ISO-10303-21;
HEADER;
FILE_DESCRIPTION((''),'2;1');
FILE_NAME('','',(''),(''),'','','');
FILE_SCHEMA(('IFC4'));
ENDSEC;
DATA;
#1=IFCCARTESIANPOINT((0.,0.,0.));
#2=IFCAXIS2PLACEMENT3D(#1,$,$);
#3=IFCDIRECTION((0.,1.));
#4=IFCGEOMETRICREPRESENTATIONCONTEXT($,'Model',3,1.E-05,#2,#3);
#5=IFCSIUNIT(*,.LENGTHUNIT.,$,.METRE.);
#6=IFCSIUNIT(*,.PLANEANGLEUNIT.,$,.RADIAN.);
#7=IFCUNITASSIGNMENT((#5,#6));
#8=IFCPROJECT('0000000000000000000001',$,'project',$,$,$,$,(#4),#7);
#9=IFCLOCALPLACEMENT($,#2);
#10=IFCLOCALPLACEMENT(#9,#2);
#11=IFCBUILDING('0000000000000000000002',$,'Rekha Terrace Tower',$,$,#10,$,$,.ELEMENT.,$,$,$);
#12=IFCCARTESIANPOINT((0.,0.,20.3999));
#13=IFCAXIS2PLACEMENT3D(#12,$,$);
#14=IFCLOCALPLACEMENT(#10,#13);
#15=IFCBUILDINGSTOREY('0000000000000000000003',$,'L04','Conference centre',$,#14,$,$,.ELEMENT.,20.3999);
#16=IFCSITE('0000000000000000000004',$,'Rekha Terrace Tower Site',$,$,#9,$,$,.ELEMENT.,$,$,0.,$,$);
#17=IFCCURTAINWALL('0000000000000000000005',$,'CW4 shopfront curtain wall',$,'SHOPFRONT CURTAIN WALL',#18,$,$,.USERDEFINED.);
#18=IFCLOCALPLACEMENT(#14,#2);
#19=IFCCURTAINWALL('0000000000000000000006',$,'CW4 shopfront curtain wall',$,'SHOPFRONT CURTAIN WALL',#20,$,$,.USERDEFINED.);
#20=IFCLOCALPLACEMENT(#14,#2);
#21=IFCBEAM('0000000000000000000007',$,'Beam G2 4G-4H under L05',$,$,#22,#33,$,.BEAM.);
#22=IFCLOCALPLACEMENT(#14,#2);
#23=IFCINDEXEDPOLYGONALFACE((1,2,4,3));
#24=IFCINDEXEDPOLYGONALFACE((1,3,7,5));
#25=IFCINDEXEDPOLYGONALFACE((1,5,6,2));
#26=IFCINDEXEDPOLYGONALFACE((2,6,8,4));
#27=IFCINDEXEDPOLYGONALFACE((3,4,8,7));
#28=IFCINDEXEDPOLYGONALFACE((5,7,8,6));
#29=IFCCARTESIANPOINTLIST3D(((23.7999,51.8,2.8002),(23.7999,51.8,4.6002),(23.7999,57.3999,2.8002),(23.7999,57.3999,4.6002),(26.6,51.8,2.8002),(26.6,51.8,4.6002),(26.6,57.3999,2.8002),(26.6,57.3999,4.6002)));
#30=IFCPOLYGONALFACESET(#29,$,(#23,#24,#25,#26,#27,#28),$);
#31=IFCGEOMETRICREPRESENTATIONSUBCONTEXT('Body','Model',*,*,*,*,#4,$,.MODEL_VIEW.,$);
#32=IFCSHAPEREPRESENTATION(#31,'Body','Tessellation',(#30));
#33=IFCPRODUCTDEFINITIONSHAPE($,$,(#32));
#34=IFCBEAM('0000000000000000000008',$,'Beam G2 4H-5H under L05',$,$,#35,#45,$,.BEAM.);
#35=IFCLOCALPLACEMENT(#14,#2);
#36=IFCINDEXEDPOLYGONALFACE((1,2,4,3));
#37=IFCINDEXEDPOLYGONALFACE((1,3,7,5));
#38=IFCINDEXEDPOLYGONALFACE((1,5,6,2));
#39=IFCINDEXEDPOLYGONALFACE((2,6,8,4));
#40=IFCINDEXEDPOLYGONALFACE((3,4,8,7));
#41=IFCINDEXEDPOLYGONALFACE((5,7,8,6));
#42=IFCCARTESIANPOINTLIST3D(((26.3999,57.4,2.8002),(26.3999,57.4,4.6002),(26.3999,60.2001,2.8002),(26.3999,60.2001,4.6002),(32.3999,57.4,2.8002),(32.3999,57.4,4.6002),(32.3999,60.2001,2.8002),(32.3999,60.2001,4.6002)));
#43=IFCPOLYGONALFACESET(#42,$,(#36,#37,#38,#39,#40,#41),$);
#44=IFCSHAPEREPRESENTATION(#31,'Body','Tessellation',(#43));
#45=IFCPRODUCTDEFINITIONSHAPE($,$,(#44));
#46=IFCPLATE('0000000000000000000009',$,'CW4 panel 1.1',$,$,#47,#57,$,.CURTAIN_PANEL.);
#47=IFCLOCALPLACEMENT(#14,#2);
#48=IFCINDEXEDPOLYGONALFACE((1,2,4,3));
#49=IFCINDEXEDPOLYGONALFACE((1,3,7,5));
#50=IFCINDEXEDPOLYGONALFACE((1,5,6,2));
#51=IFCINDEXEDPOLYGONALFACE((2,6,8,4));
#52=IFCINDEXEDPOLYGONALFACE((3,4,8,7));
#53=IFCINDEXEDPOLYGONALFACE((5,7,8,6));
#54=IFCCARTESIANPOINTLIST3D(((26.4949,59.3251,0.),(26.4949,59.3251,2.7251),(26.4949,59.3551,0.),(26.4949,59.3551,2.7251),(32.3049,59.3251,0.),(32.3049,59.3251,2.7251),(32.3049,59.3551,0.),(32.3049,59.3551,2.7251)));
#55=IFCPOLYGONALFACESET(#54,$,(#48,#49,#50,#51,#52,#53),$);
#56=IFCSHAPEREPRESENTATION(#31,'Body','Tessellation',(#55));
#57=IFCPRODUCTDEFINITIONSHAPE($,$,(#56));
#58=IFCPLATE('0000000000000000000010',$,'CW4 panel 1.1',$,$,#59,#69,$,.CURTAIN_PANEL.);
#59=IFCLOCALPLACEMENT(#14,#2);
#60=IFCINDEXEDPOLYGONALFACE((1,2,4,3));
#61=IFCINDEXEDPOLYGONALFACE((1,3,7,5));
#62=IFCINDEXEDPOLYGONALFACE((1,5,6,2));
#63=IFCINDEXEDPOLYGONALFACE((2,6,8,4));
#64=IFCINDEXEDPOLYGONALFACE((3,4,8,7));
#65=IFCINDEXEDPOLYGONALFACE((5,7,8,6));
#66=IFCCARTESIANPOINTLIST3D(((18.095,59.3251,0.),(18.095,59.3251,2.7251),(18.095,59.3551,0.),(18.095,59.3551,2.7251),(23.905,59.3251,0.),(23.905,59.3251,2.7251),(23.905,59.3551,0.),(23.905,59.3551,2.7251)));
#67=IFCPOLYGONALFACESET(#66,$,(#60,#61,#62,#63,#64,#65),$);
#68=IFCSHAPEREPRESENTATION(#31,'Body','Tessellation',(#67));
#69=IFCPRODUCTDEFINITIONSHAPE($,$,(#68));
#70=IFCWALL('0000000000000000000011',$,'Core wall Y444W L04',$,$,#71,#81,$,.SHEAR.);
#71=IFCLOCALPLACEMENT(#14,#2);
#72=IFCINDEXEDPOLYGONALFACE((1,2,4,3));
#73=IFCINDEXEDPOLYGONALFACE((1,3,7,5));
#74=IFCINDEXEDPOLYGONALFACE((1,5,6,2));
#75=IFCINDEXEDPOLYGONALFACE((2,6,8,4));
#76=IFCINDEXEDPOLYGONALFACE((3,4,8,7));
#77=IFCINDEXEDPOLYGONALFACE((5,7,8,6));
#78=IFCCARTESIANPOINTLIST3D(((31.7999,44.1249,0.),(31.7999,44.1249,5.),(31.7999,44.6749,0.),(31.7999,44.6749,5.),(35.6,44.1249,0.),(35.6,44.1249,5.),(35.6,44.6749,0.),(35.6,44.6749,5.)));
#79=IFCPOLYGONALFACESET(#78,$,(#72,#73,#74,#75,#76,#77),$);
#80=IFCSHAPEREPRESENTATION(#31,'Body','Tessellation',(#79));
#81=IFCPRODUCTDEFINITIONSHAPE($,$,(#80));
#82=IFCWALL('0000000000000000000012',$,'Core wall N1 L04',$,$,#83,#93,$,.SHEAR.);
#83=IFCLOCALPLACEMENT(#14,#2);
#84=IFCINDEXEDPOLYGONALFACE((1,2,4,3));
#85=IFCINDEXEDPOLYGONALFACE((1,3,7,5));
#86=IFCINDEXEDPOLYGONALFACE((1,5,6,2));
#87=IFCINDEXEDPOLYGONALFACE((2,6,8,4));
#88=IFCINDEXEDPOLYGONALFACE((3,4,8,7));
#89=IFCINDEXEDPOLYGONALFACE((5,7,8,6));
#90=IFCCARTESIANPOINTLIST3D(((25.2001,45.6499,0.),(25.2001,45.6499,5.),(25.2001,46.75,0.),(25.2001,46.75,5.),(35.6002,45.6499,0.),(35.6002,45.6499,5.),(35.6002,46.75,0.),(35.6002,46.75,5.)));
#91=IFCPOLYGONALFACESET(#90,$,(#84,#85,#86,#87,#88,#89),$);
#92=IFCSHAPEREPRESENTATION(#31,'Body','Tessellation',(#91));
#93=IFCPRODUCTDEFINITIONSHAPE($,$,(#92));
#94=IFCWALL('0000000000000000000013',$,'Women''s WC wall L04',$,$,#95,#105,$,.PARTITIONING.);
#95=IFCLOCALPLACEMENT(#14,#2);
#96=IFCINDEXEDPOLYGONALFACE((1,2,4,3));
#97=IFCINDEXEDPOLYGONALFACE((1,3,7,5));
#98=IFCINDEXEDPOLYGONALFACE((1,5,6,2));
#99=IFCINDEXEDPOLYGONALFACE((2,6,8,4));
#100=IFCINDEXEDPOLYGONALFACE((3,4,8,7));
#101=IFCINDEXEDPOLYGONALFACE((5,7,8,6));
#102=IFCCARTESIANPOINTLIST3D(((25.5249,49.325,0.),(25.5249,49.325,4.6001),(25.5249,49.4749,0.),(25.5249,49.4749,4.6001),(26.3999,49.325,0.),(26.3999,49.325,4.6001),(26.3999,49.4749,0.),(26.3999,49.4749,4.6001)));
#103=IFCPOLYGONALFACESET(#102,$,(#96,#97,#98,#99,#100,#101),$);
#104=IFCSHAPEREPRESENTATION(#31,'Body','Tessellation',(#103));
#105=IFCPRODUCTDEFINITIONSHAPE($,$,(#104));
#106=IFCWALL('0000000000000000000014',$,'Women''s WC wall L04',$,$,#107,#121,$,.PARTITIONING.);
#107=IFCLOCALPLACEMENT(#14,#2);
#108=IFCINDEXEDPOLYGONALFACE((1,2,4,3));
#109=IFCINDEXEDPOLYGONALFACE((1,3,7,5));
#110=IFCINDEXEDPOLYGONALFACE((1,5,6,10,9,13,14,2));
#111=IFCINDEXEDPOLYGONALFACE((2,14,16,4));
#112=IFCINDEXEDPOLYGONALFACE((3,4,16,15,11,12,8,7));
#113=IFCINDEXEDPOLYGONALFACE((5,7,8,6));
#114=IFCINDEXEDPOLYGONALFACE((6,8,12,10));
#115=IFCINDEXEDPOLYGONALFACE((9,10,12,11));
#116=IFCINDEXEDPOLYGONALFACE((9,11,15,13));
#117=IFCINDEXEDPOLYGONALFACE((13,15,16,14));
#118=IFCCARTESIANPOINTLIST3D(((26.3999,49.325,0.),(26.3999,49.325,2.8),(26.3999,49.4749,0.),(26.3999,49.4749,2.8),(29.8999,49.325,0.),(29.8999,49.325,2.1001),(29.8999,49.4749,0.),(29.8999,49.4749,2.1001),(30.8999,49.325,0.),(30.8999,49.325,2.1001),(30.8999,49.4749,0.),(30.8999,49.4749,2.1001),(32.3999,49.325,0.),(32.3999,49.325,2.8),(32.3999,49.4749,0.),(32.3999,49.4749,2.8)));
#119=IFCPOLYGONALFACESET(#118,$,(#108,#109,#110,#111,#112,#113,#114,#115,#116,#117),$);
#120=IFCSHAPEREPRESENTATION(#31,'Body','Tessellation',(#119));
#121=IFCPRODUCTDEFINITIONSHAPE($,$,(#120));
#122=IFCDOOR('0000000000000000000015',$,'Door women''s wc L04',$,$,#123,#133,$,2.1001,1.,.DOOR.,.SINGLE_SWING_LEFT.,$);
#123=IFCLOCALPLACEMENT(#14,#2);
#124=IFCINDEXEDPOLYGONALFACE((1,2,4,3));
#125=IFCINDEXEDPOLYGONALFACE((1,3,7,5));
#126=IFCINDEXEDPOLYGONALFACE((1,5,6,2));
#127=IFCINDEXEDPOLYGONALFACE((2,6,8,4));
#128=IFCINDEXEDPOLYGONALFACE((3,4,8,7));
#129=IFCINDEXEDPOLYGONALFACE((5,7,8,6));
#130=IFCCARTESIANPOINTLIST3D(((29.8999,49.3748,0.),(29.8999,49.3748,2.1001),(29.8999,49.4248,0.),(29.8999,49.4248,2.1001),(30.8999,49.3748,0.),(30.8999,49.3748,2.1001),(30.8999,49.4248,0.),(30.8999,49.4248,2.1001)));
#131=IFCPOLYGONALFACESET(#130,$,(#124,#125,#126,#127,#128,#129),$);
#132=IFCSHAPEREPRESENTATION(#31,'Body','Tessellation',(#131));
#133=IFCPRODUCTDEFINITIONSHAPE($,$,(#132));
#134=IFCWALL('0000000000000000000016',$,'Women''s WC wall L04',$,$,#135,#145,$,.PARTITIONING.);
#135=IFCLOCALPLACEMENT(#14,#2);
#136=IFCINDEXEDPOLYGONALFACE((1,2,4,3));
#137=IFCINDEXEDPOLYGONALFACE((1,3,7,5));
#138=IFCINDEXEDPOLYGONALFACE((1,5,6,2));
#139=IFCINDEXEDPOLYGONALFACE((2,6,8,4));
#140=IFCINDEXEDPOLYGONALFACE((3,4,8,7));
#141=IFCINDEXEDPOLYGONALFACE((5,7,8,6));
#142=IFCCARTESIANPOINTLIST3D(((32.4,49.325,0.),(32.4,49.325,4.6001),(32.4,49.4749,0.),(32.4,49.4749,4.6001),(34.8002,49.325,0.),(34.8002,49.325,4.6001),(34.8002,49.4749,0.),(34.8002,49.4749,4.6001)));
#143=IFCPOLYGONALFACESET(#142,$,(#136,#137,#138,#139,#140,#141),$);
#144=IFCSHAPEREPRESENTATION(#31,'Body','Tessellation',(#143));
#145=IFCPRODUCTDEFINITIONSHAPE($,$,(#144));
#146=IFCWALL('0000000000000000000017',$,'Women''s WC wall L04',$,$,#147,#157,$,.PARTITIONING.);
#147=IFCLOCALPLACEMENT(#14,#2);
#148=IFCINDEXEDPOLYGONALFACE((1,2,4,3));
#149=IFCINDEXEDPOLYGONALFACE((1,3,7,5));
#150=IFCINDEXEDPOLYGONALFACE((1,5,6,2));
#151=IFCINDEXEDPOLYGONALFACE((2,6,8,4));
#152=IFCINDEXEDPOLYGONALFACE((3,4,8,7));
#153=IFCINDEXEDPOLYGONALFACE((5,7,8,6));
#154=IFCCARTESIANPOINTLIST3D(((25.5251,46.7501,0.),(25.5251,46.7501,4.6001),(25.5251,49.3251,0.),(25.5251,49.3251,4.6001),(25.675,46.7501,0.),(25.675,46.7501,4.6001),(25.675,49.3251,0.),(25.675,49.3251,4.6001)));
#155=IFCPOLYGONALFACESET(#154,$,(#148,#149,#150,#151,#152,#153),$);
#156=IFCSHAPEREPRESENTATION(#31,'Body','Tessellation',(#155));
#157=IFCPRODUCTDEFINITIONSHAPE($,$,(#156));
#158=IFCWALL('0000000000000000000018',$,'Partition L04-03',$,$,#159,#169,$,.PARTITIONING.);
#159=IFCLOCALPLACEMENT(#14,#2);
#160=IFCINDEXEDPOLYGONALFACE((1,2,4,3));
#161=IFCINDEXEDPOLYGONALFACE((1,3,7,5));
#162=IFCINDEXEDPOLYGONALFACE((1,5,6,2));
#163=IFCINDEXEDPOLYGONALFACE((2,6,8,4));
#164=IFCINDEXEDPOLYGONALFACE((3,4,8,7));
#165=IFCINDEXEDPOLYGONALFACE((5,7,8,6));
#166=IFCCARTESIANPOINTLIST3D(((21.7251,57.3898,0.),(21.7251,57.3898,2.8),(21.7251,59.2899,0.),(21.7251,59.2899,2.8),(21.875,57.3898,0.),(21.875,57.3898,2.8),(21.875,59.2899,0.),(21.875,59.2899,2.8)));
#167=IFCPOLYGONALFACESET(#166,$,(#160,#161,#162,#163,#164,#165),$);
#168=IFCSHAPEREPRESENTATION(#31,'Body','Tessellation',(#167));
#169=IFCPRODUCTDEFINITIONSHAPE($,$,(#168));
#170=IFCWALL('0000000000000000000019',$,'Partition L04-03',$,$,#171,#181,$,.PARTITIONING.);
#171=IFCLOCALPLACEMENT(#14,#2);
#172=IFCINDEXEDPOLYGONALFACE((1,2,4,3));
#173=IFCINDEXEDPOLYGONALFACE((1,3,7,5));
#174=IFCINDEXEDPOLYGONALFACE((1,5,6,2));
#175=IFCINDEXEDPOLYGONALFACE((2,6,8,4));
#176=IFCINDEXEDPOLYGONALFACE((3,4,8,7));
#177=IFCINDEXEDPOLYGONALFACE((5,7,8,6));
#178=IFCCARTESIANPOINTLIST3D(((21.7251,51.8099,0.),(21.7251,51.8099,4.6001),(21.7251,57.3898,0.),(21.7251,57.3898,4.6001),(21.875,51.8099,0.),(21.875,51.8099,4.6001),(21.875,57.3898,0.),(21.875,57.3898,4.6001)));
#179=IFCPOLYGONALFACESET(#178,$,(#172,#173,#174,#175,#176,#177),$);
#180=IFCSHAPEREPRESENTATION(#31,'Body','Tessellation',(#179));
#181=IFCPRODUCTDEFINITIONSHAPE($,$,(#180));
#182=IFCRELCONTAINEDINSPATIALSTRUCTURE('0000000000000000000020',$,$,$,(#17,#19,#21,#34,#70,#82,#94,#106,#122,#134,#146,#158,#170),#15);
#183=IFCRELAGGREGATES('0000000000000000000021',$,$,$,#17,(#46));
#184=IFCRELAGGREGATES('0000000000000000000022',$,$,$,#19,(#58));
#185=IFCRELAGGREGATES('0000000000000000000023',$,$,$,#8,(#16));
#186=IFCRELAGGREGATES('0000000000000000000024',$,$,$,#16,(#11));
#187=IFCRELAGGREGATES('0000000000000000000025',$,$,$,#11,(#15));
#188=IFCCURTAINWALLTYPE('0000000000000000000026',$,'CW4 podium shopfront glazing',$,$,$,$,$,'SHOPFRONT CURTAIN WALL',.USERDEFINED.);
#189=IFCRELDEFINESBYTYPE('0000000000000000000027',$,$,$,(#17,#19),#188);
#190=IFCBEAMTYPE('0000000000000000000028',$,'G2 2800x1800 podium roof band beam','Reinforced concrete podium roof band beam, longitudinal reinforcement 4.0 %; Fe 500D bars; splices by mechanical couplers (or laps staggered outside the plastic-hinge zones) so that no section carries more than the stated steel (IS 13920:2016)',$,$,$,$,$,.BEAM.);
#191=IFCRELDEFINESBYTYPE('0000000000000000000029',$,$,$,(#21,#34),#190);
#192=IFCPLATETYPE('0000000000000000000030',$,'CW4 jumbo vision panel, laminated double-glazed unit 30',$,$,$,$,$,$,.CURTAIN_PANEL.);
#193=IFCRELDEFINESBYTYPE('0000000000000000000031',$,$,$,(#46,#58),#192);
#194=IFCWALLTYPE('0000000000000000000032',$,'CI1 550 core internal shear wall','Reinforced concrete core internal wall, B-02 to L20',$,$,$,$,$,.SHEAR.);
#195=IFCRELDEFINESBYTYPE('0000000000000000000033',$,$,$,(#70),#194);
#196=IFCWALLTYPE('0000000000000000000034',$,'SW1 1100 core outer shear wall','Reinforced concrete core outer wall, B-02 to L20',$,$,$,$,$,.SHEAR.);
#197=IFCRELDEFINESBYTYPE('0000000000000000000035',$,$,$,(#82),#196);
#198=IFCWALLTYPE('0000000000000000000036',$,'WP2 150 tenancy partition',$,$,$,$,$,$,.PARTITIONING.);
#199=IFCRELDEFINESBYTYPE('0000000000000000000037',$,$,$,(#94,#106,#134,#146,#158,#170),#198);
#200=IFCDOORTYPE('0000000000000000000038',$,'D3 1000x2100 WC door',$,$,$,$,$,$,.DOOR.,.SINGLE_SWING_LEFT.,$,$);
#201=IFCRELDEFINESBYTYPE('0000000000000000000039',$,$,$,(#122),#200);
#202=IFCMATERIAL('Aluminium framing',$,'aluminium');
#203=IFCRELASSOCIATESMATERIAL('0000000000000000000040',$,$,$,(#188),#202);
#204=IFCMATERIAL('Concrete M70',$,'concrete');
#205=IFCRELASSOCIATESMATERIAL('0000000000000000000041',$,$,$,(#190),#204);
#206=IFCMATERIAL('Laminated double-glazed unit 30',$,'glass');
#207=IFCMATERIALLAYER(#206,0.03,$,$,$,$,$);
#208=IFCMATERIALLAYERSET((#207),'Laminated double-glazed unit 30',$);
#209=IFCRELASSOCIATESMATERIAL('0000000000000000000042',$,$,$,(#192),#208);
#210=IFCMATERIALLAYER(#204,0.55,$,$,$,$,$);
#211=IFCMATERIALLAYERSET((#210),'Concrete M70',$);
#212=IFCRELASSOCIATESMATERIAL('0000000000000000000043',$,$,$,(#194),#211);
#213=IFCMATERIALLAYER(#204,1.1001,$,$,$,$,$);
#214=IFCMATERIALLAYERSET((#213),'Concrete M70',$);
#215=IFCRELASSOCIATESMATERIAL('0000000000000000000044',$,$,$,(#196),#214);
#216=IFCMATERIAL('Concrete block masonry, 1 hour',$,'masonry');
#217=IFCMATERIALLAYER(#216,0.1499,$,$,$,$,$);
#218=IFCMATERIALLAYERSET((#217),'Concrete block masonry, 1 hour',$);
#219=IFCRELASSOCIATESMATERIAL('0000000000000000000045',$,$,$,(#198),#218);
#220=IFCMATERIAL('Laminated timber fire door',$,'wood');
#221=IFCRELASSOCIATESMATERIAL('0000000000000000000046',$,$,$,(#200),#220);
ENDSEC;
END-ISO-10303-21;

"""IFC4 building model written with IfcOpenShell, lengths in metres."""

from ifc_helpers import new_model, si_unit, direction, frame, frame_2d, origin, origin_2d, place, context, subcontext, project, spatial, rectangle, extrude, material, layer, layer_set, material_profile, profile_set, type_object, element, fill, aggregate, save


model = new_model("IFC4")

# Units and contexts
model_context = context("Model", 3, precision=1e-05, world=origin(), true_north=direction((0.0, 1.0)))
body_context = subcontext(model_context, "Body", "Model", "MODEL_VIEW")
ifc_project = project(units=[si_unit("LENGTHUNIT", "METRE"), si_unit("PLANEANGLEUNIT", "RADIAN")], contexts=[model_context])

# Site, building, storey
site_placement = place(None, origin())
site = spatial("IfcSite", under=ifc_project, at=site_placement, Name="Rekha Terrace Tower Site", CompositionType="ELEMENT", RefElevation=0.0)
building_placement = place(site_placement, origin())
building = spatial("IfcBuilding", under=site, at=building_placement, Name="Rekha Terrace Tower", CompositionType="ELEMENT")
storey_placement = place(building_placement, frame((0.0, 0.0, 20.3999)))
storey = spatial("IfcBuildingStorey", under=building, at=storey_placement, Name="L04", Description="Conference centre", CompositionType="ELEMENT", Elevation=20.3999)

# Shared definitions
ifc_material_1 = material(Name="Concrete M70", Category="concrete")

# Curtain walls
ifc_material_2 = material(Name="Aluminium framing", Category="aluminium")
curtain_wall_type = type_object("IfcCurtainWallType", Name="CW4 podium shopfront glazing", ElementType="SHOPFRONT CURTAIN WALL", PredefinedType="USERDEFINED", material=ifc_material_2)
curtain_wall_1_placement = place(storey_placement, origin())
curtain_wall_1 = element("IfcCurtainWall", 1, at=curtain_wall_1_placement, inside=storey, type_object=curtain_wall_type, Name="CW4 shopfront curtain wall", ObjectType="SHOPFRONT CURTAIN WALL", PredefinedType="USERDEFINED")
curtain_wall_2_placement = place(storey_placement, origin())
curtain_wall_2 = element("IfcCurtainWall", 2, at=curtain_wall_2_placement, inside=storey, type_object=curtain_wall_type, Name="CW4 shopfront curtain wall", ObjectType="SHOPFRONT CURTAIN WALL", PredefinedType="USERDEFINED")

# Beams
ifc_material_profile_1 = material_profile(ifc_material_1, rectangle(XDim=2.8, YDim=1.8, at=origin_2d()), Name="RC 2800x1800")
ifc_profile_set_1 = profile_set([ifc_material_profile_1], Name="Concrete M70")
beam_type = type_object("IfcBeamType", Name="G2 2800x1800 podium roof band beam", Description="Reinforced concrete podium roof band beam, longitudinal reinforcement 4.0 %; Fe 500D bars; splices by mechanical couplers (or laps staggered outside the plastic-hinge zones) so that no section carries more than the stated steel (IS 13920:2016)", PredefinedType="BEAM", material=ifc_profile_set_1)
beam_1_placement = place(storey_placement, frame((25.2, 51.8, 3.7002), z_axis=(0.0, 1.0, 0.0), x_axis=(-1.0, 0.0, 0.0)))
element("IfcBeam", 3, at=beam_1_placement, inside=storey, type_object=beam_type, Name="Beam G2 4G-4H under L05", PredefinedType="BEAM", context=body_context, shape_type="SweptSolid", body=[
    extrude(rectangle(XDim=2.8, YDim=1.8, at=origin_2d()), origin(), (0.0, 0.0, 1.0), 5.5999),
])
beam_2_placement = place(storey_placement, frame((26.3999, 58.8, 3.7002), z_axis=(1.0, 0.0, 0.0), x_axis=(0.0, 1.0, 0.0)))
element("IfcBeam", 4, at=beam_2_placement, inside=storey, type_object=beam_type, Name="Beam G2 4H-5H under L05", PredefinedType="BEAM", context=body_context, shape_type="SweptSolid", body=[
    extrude(rectangle(XDim=2.8, YDim=1.8, at=origin_2d()), origin(), (0.0, 0.0, 1.0), 6.0),
])

# Plates
ifc_material_3 = material(Name="Laminated double-glazed unit 30", Category="glass")
ifc_layer_1 = layer(ifc_material_3, 0.03)
ifc_layer_set_1 = layer_set([ifc_layer_1], Name="Laminated double-glazed unit 30")
plate_type = type_object("IfcPlateType", Name="CW4 jumbo vision panel, laminated double-glazed unit 30", PredefinedType="CURTAIN_PANEL", material=ifc_layer_set_1)
plate_1_placement = place(storey_placement, frame((29.3999, 59.3401, 0.0), z_axis=(0.0, 0.0, 1.0), x_axis=(-1.0, 0.0, 0.0)))
plate_1 = element("IfcPlate", 5, at=plate_1_placement, type_object=plate_type, Name="CW4 panel 1.1", PredefinedType="CURTAIN_PANEL", context=body_context, shape_type="SweptSolid", body=[
    extrude(rectangle(XDim=5.8101, YDim=0.03, at=origin_2d()), origin(), (0.0, 0.0, 1.0), 2.7251),
])
aggregate(curtain_wall_1, [plate_1])
plate_2_placement = place(storey_placement, frame((21.0, 59.3401, 0.0), z_axis=(0.0, 0.0, 1.0), x_axis=(-1.0, 0.0, 0.0)))
plate_2 = element("IfcPlate", 6, at=plate_2_placement, type_object=plate_type, Name="CW4 panel 1.1", PredefinedType="CURTAIN_PANEL", context=body_context, shape_type="SweptSolid", body=[
    extrude(rectangle(XDim=5.8101, YDim=0.03, at=origin_2d()), origin(), (0.0, 0.0, 1.0), 2.7251),
])
aggregate(curtain_wall_2, [plate_2])

# Walls
ifc_layer_2 = layer(ifc_material_1, 0.55)
ifc_layer_set_2 = layer_set([ifc_layer_2], Name="Concrete M70")
wall_type_1 = type_object("IfcWallType", Name="CI1 550 core internal shear wall", Description="Reinforced concrete core internal wall, B-02 to L20", PredefinedType="SHEAR", material=ifc_layer_set_2)
wall_1_placement = place(storey_placement, frame((31.8, 44.3999, 0.0), z_axis=(0.0, 0.0, 1.0), x_axis=(1.0, 0.0, 0.0)))
element("IfcWall", 7, at=wall_1_placement, inside=storey, type_object=wall_type_1, Name="Core wall Y444W L04", PredefinedType="SHEAR", context=body_context, shape_type="SweptSolid", body=[
    extrude(rectangle(XDim=3.8, YDim=0.55, at=frame_2d((1.8999, 0.0))), origin(), (0.0, 0.0, 1.0), 5.0),
])
ifc_layer_3 = layer(ifc_material_1, 1.1001)
ifc_layer_set_3 = layer_set([ifc_layer_3], Name="Concrete M70")
wall_type_2 = type_object("IfcWallType", Name="SW1 1100 core outer shear wall", Description="Reinforced concrete core outer wall, B-02 to L20", PredefinedType="SHEAR", material=ifc_layer_set_3)
wall_2_placement = place(storey_placement, frame((25.2, 46.2, 0.0), z_axis=(0.0, 0.0, 1.0), x_axis=(1.0, 0.0, 0.0)))
element("IfcWall", 8, at=wall_2_placement, inside=storey, type_object=wall_type_2, Name="Core wall N1 L04", PredefinedType="SHEAR", context=body_context, shape_type="SweptSolid", body=[
    extrude(rectangle(XDim=10.4001, YDim=1.1001, at=frame_2d((5.2002, 0.0))), origin(), (0.0, 0.0, 1.0), 5.0),
])
ifc_material_4 = material(Name="Concrete block masonry, 1 hour", Category="masonry")
ifc_layer_4 = layer(ifc_material_4, 0.1499)
ifc_layer_set_4 = layer_set([ifc_layer_4], Name="Concrete block masonry, 1 hour")
wall_type_3 = type_object("IfcWallType", Name="WP2 150 tenancy partition", PredefinedType="PARTITIONING", material=ifc_layer_set_4)
wall_3_placement = place(storey_placement, frame((25.5249, 49.3999, 0.0), z_axis=(0.0, 0.0, 1.0), x_axis=(1.0, 0.0, 0.0)))
element("IfcWall", 9, at=wall_3_placement, inside=storey, type_object=wall_type_3, Name="Women's WC wall L04", PredefinedType="PARTITIONING", context=body_context, shape_type="SweptSolid", body=[
    extrude(rectangle(XDim=0.875, YDim=0.1499, at=frame_2d((0.4375, 0.0))), origin(), (0.0, 0.0, 1.0), 4.6001),
])

# Wall, opening, door
wall_4_placement = place(storey_placement, frame((26.3999, 49.3999, 0.0), z_axis=(0.0, 0.0, 1.0), x_axis=(1.0, 0.0, 0.0)))
wall_4 = element("IfcWall", 10, at=wall_4_placement, inside=storey, type_object=wall_type_3, Name="Women's WC wall L04", PredefinedType="PARTITIONING", context=body_context, shape_type="SweptSolid", body=[
    extrude(rectangle(XDim=6.0, YDim=0.1499, at=frame_2d((3.0, 0.0))), origin(), (0.0, 0.0, 1.0), 2.8),
])
opening_placement = place(wall_4_placement, frame((3.5, 0.0, 0.0)))
opening = element("IfcOpeningElement", 11, at=opening_placement, cuts=wall_4, PredefinedType="OPENING", context=body_context, shape_type="SweptSolid", body=[
    extrude(rectangle(XDim=1.0, YDim=2.1001, at=frame_2d((0.5, 1.05))), frame((0.0, 0.085, 0.0), z_axis=(0.0, -1.0, 0.0), x_axis=(1.0, 0.0, 0.0)), (0.0, 0.0, 1.0), 0.1699),
])
ifc_material_5 = material(Name="Laminated timber fire door", Category="wood")
door_type = type_object("IfcDoorType", Name="D3 1000x2100 WC door", OperationType="SINGLE_SWING_LEFT", PredefinedType="DOOR", material=ifc_material_5)
door_placement = place(opening_placement, origin())
door = element("IfcDoor", 12, at=door_placement, inside=storey, type_object=door_type, Name="Door women's wc L04", OperationType="SINGLE_SWING_LEFT", OverallHeight=2.1001, OverallWidth=1.0, PredefinedType="DOOR", context=body_context, shape_type="SweptSolid", body=[
    extrude(rectangle(XDim=1.0, YDim=2.1001, at=frame_2d((0.5, 1.05))), frame((0.0, 0.0249, 0.0), z_axis=(0.0, -1.0, 0.0), x_axis=(1.0, 0.0, 0.0)), (0.0, 0.0, 1.0), 0.05),
])
fill(opening, door)

# Walls
wall_5_placement = place(storey_placement, frame((32.3999, 49.3999, 0.0), z_axis=(0.0, 0.0, 1.0), x_axis=(1.0, 0.0, 0.0)))
element("IfcWall", 13, at=wall_5_placement, inside=storey, type_object=wall_type_3, Name="Women's WC wall L04", PredefinedType="PARTITIONING", context=body_context, shape_type="SweptSolid", body=[
    extrude(rectangle(XDim=2.4001, YDim=0.1499, at=frame_2d((1.2002, 0.0))), origin(), (0.0, 0.0, 1.0), 4.6001),
])
wall_6_placement = place(storey_placement, frame((25.6001, 46.75, 0.0), z_axis=(0.0, 0.0, 1.0), x_axis=(0.0, 1.0, 0.0)))
element("IfcWall", 14, at=wall_6_placement, inside=storey, type_object=wall_type_3, Name="Women's WC wall L04", PredefinedType="PARTITIONING", context=body_context, shape_type="SweptSolid", body=[
    extrude(rectangle(XDim=2.575, YDim=0.1499, at=frame_2d((1.2876, 0.0))), origin(), (0.0, 0.0, 1.0), 4.6001),
])
wall_7_placement = place(storey_placement, frame((21.8, 59.29, 0.0), z_axis=(0.0, 0.0, 1.0), x_axis=(0.0, -1.0, 0.0)))
element("IfcWall", 15, at=wall_7_placement, inside=storey, type_object=wall_type_3, Name="Partition L04-03", PredefinedType="PARTITIONING", context=body_context, shape_type="SweptSolid", body=[
    extrude(rectangle(XDim=1.9001, YDim=0.1499, at=frame_2d((0.9502, 0.0))), origin(), (0.0, 0.0, 1.0), 2.8),
])
wall_8_placement = place(storey_placement, frame((21.8, 57.3899, 0.0), z_axis=(0.0, 0.0, 1.0), x_axis=(0.0, -1.0, 0.0)))
element("IfcWall", 16, at=wall_8_placement, inside=storey, type_object=wall_type_3, Name="Partition L04-03", PredefinedType="PARTITIONING", context=body_context, shape_type="SweptSolid", body=[
    extrude(rectangle(XDim=5.5798, YDim=0.1499, at=frame_2d((2.79, 0.0))), origin(), (0.0, 0.0, 1.0), 4.6001),
])

save(model, "model.ifc")
